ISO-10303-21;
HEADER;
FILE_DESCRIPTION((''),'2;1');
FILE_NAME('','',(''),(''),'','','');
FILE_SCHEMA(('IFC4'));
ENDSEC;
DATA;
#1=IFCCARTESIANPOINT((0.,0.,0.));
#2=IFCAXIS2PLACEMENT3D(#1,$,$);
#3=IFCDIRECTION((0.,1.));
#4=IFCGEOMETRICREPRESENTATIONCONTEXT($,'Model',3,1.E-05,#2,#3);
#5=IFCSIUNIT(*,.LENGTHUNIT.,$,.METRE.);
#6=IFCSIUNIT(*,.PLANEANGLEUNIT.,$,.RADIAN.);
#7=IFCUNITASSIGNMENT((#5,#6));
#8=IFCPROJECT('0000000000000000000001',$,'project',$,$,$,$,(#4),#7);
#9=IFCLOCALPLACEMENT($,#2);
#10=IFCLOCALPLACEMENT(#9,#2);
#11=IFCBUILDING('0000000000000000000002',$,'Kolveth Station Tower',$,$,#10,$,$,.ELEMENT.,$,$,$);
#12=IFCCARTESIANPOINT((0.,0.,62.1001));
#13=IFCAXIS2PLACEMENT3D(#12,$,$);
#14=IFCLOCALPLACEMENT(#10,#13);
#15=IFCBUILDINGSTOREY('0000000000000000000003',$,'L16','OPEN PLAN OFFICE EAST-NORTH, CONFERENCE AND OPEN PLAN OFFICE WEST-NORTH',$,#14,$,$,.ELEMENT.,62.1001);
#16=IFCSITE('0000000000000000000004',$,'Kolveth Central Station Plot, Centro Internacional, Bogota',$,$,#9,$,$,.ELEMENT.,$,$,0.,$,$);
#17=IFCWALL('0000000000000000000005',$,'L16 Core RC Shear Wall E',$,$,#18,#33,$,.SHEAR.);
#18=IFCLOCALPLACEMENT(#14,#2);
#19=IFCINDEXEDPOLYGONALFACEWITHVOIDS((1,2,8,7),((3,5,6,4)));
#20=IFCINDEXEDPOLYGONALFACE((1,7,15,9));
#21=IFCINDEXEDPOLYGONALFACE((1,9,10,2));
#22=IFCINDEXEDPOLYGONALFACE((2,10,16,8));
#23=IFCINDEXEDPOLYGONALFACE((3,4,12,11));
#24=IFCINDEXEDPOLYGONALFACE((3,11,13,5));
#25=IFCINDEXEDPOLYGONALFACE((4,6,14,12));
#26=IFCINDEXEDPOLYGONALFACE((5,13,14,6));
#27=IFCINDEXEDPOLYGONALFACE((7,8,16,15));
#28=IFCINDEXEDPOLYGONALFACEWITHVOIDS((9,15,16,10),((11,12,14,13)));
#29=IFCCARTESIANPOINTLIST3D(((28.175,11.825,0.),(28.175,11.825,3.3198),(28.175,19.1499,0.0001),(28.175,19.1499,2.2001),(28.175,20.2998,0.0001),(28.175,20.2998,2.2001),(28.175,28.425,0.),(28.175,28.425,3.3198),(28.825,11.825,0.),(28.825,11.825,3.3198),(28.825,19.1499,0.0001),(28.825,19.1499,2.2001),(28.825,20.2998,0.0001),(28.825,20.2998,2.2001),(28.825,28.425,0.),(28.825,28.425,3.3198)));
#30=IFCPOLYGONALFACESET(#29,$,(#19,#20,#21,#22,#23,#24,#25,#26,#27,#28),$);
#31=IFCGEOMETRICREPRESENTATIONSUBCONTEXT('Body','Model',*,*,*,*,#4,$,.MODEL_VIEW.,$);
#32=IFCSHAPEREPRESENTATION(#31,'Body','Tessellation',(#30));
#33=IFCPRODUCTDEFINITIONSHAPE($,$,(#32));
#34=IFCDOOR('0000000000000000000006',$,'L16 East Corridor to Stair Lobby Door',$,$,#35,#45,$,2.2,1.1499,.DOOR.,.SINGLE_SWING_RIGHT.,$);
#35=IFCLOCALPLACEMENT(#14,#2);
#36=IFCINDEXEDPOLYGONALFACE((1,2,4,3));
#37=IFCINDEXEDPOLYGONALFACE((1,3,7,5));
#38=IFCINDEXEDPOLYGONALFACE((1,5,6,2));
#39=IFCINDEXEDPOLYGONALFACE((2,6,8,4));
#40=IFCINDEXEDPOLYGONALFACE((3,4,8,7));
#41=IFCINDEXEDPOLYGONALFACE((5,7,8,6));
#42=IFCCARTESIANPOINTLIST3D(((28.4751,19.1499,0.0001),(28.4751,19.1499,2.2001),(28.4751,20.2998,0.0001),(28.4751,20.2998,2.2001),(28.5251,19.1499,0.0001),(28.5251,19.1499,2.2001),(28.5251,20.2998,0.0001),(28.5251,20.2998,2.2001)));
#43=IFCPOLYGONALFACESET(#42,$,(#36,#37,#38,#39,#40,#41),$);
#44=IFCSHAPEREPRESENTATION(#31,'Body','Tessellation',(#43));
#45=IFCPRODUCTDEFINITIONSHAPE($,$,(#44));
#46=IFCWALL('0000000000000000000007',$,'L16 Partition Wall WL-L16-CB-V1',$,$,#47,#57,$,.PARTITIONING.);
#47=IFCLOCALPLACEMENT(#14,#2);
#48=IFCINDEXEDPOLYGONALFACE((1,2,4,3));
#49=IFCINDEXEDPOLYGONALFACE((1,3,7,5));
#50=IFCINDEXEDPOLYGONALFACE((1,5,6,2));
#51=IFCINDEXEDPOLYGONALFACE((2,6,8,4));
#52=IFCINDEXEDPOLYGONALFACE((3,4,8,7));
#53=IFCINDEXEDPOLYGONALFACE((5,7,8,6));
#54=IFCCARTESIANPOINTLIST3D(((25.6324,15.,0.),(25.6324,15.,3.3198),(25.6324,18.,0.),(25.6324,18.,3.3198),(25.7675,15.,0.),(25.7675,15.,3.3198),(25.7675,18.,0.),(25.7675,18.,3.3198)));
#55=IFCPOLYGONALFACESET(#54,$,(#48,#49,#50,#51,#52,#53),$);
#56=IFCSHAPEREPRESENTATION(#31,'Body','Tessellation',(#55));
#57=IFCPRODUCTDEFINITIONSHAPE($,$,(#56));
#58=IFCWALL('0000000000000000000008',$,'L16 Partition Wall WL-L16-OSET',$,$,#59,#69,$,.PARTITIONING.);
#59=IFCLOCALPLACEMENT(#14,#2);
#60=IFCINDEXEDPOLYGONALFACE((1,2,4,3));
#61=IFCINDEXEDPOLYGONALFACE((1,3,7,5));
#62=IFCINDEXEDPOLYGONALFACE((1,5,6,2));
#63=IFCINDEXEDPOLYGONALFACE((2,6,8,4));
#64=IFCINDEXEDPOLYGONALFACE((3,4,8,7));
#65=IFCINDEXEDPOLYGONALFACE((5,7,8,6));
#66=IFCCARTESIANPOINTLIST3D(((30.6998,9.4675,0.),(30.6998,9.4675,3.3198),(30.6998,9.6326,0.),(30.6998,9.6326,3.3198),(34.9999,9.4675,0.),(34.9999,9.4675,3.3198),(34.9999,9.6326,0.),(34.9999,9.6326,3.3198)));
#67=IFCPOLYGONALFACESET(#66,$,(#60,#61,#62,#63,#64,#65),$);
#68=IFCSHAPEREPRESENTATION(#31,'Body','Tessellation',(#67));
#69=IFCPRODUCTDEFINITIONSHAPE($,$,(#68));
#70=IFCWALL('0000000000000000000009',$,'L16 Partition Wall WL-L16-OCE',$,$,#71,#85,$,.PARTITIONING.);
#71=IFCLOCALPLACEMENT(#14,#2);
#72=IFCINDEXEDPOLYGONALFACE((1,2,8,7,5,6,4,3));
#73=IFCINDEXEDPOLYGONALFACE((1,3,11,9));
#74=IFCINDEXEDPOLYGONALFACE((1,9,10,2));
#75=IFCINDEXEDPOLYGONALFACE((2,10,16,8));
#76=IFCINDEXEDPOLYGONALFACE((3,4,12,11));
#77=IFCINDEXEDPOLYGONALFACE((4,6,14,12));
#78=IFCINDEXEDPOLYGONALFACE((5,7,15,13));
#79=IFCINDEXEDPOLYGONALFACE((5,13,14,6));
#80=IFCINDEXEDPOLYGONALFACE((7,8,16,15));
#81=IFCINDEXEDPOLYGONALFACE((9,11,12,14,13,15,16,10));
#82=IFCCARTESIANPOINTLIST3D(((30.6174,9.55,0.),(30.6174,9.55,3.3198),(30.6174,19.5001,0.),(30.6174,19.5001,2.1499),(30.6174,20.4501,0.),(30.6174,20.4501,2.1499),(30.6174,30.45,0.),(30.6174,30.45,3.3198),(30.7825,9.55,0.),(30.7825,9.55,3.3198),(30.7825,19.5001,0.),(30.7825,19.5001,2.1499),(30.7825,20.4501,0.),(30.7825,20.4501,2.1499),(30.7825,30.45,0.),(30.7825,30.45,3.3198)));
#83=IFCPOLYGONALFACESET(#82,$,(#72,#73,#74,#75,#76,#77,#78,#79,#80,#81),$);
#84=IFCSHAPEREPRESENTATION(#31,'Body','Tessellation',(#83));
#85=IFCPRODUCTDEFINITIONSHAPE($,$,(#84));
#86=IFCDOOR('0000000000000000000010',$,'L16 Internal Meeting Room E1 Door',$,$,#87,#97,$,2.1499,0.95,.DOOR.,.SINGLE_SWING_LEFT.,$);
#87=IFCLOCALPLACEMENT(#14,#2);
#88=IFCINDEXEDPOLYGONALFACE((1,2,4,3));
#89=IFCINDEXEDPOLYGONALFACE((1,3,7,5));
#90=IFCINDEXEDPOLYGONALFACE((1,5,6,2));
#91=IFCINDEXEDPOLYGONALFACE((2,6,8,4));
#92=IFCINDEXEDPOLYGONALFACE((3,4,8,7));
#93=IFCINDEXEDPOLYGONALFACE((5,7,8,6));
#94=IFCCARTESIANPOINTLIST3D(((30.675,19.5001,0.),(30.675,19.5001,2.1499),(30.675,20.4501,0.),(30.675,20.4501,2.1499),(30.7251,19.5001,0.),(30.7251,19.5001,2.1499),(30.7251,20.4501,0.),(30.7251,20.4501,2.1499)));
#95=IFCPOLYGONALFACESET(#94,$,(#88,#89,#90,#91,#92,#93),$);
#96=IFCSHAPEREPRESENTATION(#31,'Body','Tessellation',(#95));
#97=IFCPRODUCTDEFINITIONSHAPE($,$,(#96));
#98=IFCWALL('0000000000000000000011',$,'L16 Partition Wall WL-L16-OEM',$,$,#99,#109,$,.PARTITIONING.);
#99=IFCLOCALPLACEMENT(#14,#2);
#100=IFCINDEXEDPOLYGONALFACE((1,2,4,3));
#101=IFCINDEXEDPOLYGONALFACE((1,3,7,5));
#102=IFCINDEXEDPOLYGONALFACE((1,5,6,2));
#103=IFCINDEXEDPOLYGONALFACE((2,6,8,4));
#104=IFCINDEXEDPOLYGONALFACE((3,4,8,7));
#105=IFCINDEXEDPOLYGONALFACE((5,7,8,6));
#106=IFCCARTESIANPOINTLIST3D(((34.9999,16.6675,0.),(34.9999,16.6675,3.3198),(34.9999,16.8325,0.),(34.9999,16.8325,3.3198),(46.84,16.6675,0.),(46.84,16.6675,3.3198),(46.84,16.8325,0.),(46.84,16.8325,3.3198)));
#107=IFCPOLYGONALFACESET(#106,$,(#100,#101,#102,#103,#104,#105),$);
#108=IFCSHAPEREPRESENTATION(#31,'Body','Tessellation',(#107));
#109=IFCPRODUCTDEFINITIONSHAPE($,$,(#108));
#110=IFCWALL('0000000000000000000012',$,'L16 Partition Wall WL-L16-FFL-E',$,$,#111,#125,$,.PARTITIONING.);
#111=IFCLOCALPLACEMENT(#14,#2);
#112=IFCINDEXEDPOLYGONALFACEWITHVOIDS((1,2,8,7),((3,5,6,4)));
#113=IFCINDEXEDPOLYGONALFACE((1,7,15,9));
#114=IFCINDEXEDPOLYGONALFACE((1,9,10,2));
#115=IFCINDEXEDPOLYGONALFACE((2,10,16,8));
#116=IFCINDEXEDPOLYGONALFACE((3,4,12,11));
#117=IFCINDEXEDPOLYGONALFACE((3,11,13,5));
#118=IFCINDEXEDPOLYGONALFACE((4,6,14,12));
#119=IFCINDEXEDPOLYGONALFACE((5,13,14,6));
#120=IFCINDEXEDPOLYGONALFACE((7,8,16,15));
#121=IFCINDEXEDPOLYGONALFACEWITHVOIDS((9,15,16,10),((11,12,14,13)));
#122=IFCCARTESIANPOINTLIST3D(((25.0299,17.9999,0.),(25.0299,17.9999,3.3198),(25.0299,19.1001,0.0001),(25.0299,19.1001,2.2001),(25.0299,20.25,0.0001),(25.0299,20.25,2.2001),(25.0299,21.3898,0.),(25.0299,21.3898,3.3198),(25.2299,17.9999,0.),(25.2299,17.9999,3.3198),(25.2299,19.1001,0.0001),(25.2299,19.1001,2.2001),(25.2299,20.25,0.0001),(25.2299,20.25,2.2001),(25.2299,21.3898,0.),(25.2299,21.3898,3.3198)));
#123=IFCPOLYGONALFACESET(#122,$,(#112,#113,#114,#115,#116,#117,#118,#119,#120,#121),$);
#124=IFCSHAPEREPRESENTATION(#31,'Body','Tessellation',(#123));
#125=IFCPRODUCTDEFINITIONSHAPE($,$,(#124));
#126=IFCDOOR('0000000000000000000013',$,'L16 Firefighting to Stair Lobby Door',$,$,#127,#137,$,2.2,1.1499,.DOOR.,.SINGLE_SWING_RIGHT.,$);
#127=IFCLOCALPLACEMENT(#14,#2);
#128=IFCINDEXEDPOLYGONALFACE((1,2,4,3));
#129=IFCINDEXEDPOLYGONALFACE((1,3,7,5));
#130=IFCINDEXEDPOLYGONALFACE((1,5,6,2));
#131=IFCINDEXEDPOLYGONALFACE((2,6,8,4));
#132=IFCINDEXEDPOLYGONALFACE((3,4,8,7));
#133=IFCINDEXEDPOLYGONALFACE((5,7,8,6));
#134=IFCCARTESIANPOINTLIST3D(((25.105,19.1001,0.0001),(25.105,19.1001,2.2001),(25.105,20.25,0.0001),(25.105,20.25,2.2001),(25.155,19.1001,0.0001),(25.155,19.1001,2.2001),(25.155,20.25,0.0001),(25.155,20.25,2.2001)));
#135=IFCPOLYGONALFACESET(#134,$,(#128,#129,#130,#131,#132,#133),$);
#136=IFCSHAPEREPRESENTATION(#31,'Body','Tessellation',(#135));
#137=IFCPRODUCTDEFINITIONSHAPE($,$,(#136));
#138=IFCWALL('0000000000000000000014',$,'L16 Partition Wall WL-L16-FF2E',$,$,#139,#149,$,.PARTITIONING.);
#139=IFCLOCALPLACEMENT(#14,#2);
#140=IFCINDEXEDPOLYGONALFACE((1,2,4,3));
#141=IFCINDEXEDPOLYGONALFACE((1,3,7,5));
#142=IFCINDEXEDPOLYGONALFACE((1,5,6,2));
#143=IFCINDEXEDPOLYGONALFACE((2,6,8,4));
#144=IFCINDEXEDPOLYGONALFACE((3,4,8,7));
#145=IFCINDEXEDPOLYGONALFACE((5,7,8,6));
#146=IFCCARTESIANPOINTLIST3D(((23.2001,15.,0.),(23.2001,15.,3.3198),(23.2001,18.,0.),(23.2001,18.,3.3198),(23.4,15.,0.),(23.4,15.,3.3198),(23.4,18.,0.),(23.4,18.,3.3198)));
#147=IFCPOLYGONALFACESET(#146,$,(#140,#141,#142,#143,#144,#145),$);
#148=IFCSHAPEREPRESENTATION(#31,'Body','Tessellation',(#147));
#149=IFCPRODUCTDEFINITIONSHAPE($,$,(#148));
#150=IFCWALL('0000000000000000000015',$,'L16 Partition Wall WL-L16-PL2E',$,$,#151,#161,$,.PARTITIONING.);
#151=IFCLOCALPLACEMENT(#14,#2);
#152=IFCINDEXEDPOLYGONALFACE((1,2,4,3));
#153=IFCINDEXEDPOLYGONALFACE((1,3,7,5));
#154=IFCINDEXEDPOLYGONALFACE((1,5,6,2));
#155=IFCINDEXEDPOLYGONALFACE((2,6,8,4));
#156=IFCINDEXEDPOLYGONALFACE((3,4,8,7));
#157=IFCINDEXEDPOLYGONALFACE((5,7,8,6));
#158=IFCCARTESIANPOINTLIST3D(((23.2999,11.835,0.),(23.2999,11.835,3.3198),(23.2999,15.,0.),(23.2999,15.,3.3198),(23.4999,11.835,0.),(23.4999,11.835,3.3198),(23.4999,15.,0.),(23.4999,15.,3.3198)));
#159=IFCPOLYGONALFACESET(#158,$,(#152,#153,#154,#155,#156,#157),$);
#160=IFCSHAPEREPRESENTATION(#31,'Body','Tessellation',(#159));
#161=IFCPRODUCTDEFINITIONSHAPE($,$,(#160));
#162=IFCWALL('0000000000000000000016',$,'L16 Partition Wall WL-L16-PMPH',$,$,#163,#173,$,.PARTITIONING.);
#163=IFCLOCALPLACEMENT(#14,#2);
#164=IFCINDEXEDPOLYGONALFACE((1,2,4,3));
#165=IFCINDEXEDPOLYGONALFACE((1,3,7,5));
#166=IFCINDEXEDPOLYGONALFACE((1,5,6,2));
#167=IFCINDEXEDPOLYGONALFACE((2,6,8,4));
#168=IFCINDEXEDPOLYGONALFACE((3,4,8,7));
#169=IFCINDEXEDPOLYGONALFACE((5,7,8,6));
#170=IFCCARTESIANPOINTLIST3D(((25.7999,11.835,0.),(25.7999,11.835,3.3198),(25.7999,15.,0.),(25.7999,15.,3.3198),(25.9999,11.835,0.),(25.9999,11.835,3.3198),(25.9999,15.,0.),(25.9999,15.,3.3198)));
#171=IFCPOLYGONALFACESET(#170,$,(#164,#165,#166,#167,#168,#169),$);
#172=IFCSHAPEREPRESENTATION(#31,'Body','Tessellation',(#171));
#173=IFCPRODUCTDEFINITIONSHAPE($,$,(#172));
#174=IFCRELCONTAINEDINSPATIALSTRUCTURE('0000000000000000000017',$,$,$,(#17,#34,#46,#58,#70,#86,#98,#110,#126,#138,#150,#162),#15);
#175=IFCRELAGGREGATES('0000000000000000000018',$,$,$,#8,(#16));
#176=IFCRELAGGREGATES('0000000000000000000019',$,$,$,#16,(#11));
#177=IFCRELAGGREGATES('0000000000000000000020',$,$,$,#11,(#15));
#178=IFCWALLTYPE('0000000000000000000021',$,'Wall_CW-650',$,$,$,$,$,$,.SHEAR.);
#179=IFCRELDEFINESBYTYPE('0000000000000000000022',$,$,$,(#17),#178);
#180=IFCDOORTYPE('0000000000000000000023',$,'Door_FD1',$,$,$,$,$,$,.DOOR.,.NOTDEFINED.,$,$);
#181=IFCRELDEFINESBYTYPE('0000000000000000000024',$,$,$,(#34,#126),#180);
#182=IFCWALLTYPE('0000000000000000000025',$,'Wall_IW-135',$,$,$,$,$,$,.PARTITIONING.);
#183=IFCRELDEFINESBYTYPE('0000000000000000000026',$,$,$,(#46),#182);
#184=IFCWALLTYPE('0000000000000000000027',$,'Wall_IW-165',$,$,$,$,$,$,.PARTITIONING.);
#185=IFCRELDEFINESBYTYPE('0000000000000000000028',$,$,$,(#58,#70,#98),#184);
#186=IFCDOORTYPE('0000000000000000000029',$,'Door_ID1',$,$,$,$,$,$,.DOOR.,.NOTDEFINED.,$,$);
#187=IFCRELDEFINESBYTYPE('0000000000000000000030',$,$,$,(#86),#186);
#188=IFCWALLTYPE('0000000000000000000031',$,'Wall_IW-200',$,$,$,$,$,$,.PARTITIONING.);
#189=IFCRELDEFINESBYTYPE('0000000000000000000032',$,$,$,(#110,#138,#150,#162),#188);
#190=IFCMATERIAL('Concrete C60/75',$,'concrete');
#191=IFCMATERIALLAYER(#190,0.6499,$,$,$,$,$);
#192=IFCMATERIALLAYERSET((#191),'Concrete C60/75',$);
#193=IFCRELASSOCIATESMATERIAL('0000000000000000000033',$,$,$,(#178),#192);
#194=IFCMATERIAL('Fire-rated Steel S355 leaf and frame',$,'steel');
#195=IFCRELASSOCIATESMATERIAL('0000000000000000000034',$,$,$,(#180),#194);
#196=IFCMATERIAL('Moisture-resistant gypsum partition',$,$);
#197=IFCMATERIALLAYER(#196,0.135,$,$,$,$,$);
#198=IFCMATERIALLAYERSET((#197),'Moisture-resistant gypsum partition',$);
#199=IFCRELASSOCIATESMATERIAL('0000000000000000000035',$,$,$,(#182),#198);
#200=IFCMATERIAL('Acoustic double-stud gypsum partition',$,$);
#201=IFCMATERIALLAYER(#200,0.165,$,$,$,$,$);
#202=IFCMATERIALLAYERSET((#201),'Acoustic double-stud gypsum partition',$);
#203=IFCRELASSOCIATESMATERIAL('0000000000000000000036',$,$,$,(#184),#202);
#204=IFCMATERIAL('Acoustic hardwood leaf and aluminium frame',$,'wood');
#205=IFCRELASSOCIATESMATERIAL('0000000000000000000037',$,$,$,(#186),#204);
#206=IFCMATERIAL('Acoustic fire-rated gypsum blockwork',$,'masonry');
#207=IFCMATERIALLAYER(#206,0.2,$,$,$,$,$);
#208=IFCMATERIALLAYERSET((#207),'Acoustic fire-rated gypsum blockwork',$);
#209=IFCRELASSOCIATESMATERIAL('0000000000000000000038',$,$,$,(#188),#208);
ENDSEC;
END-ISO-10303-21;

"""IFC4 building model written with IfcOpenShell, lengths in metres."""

from ifc_helpers import new_model, si_unit, direction, frame, frame_2d, origin, place, context, subcontext, project, spatial, rectangle, extrude, material, layer, layer_set, type_object, element, fill, save


model = new_model("IFC4")

# Units and contexts
model_context = context("Model", 3, precision=1e-05, world=origin(), true_north=direction((0.0, 1.0)))
body_context = subcontext(model_context, "Body", "Model", "MODEL_VIEW")
ifc_project = project(units=[si_unit("LENGTHUNIT", "METRE"), si_unit("PLANEANGLEUNIT", "RADIAN")], contexts=[model_context])

# Site, building, storey
site_placement = place(None, origin())
site = spatial("IfcSite", under=ifc_project, at=site_placement, Name="Kolveth Central Station Plot, Centro Internacional, Bogota", CompositionType="ELEMENT", RefElevation=0.0)
building_placement = place(site_placement, origin())
building = spatial("IfcBuilding", under=site, at=building_placement, Name="Kolveth Station Tower", CompositionType="ELEMENT")
storey_placement = place(building_placement, frame((0.0, 0.0, 62.1001)))
storey = spatial("IfcBuildingStorey", under=building, at=storey_placement, Name="L16", Description="OPEN PLAN OFFICE EAST-NORTH, CONFERENCE AND OPEN PLAN OFFICE WEST-NORTH", CompositionType="ELEMENT", Elevation=62.1001)

# Wall, opening, door
ifc_material_1 = material(Name="Concrete C60/75", Category="concrete")
ifc_layer_1 = layer(ifc_material_1, 0.6499)
ifc_layer_set_1 = layer_set([ifc_layer_1], Name="Concrete C60/75")
wall_type_1 = type_object("IfcWallType", Name="Wall_CW-650", PredefinedType="SHEAR", material=ifc_layer_set_1)
wall_1_placement = place(storey_placement, frame((28.5, 11.825, 0.0), z_axis=(0.0, 0.0, 1.0), x_axis=(0.0, 1.0, 0.0)))
wall_1 = element("IfcWall", 1, at=wall_1_placement, inside=storey, type_object=wall_type_1, Name="L16 Core RC Shear Wall E", PredefinedType="SHEAR", context=body_context, shape_type="SweptSolid", body=[
    extrude(rectangle(XDim=16.6001, YDim=0.6499, at=frame_2d((8.3, 0.0))), origin(), (0.0, 0.0, 1.0), 3.3198),
])
opening_1_placement = place(wall_1_placement, frame((7.325, 0.0, 0.0)))
opening_1 = element("IfcOpeningElement", 2, at=opening_1_placement, cuts=wall_1, PredefinedType="OPENING", context=body_context, shape_type="SweptSolid", body=[
    extrude(rectangle(XDim=1.1499, YDim=2.2, at=frame_2d((0.575, 1.1001))), frame((0.0, 0.335, 0.0), z_axis=(0.0, -1.0, 0.0), x_axis=(1.0, 0.0, 0.0)), (0.0, 0.0, 1.0), 0.6699),
])
ifc_material_2 = material(Name="Fire-rated Steel S355 leaf and frame", Category="steel")
door_type_1 = type_object("IfcDoorType", Name="Door_FD1", OperationType="NOTDEFINED", PredefinedType="DOOR", material=ifc_material_2)
door_1_placement = place(opening_1_placement, origin())
door_1 = element("IfcDoor", 3, at=door_1_placement, inside=storey, type_object=door_type_1, Name="L16 East Corridor to Stair Lobby Door", OperationType="SINGLE_SWING_RIGHT", OverallHeight=2.2, OverallWidth=1.1499, PredefinedType="DOOR", context=body_context, shape_type="SweptSolid", body=[
    extrude(rectangle(XDim=1.1499, YDim=2.2, at=frame_2d((0.575, 1.1001))), frame((0.0, 0.0249, 0.0), z_axis=(0.0, -1.0, 0.0), x_axis=(1.0, 0.0, 0.0)), (0.0, 0.0, 1.0), 0.05),
])
fill(opening_1, door_1)

# Walls
ifc_material_3 = material(Name="Moisture-resistant gypsum partition")
ifc_layer_2 = layer(ifc_material_3, 0.135)
ifc_layer_set_2 = layer_set([ifc_layer_2], Name="Moisture-resistant gypsum partition")
wall_type_2 = type_object("IfcWallType", Name="Wall_IW-135", PredefinedType="PARTITIONING", material=ifc_layer_set_2)
wall_2_placement = place(storey_placement, frame((25.7, 15.0, 0.0), z_axis=(0.0, 0.0, 1.0), x_axis=(0.0, 1.0, 0.0)))
element("IfcWall", 4, at=wall_2_placement, inside=storey, type_object=wall_type_2, Name="L16 Partition Wall WL-L16-CB-V1", PredefinedType="PARTITIONING", context=body_context, shape_type="SweptSolid", body=[
    extrude(rectangle(XDim=3.0, YDim=0.135, at=frame_2d((1.5, 0.0))), origin(), (0.0, 0.0, 1.0), 3.3198),
])
ifc_material_4 = material(Name="Acoustic double-stud gypsum partition")
ifc_layer_3 = layer(ifc_material_4, 0.165)
ifc_layer_set_3 = layer_set([ifc_layer_3], Name="Acoustic double-stud gypsum partition")
wall_type_3 = type_object("IfcWallType", Name="Wall_IW-165", PredefinedType="PARTITIONING", material=ifc_layer_set_3)
wall_3_placement = place(storey_placement, frame((30.7, 9.55, 0.0), z_axis=(0.0, 0.0, 1.0), x_axis=(1.0, 0.0, 0.0)))
element("IfcWall", 5, at=wall_3_placement, inside=storey, type_object=wall_type_3, Name="L16 Partition Wall WL-L16-OSET", PredefinedType="PARTITIONING", context=body_context, shape_type="SweptSolid", body=[
    extrude(rectangle(XDim=4.3, YDim=0.165, at=frame_2d((2.1499, 0.0))), origin(), (0.0, 0.0, 1.0), 3.3198),
])

# Wall, opening, door
wall_4_placement = place(storey_placement, frame((30.7, 9.55, 0.0), z_axis=(0.0, 0.0, 1.0), x_axis=(0.0, 1.0, 0.0)))
wall_4 = element("IfcWall", 6, at=wall_4_placement, inside=storey, type_object=wall_type_3, Name="L16 Partition Wall WL-L16-OCE", PredefinedType="PARTITIONING", context=body_context, shape_type="SweptSolid", body=[
    extrude(rectangle(XDim=20.8999, YDim=0.165, at=frame_2d((10.45, 0.0))), origin(), (0.0, 0.0, 1.0), 3.3198),
])
opening_2_placement = place(wall_4_placement, frame((9.95, 0.0, 0.0)))
opening_2 = element("IfcOpeningElement", 7, at=opening_2_placement, cuts=wall_4, PredefinedType="OPENING", context=body_context, shape_type="SweptSolid", body=[
    extrude(rectangle(XDim=0.95, YDim=2.1499, at=frame_2d((0.4751, 1.075))), frame((0.0, 0.0925, 0.0), z_axis=(0.0, -1.0, 0.0), x_axis=(1.0, 0.0, 0.0)), (0.0, 0.0, 1.0), 0.1851),
])
ifc_material_5 = material(Name="Acoustic hardwood leaf and aluminium frame", Category="wood")
door_type_2 = type_object("IfcDoorType", Name="Door_ID1", OperationType="NOTDEFINED", PredefinedType="DOOR", material=ifc_material_5)
door_2_placement = place(opening_2_placement, origin())
door_2 = element("IfcDoor", 8, at=door_2_placement, inside=storey, type_object=door_type_2, Name="L16 Internal Meeting Room E1 Door", OperationType="SINGLE_SWING_LEFT", OverallHeight=2.1499, OverallWidth=0.95, PredefinedType="DOOR", context=body_context, shape_type="SweptSolid", body=[
    extrude(rectangle(XDim=0.95, YDim=2.1499, at=frame_2d((0.4751, 1.075))), frame((0.0, 0.0249, 0.0), z_axis=(0.0, -1.0, 0.0), x_axis=(1.0, 0.0, 0.0)), (0.0, 0.0, 1.0), 0.05),
])
fill(opening_2, door_2)

# Wall
wall_5_placement = place(storey_placement, frame((35.0, 16.75, 0.0), z_axis=(0.0, 0.0, 1.0), x_axis=(1.0, 0.0, 0.0)))
element("IfcWall", 9, at=wall_5_placement, inside=storey, type_object=wall_type_3, Name="L16 Partition Wall WL-L16-OEM", PredefinedType="PARTITIONING", context=body_context, shape_type="SweptSolid", body=[
    extrude(rectangle(XDim=11.8401, YDim=0.165, at=frame_2d((5.9199, 0.0))), origin(), (0.0, 0.0, 1.0), 3.3198),
])

# Wall, opening, door
ifc_material_6 = material(Name="Acoustic fire-rated gypsum blockwork", Category="masonry")
ifc_layer_4 = layer(ifc_material_6, 0.2)
ifc_layer_set_4 = layer_set([ifc_layer_4], Name="Acoustic fire-rated gypsum blockwork")
wall_type_4 = type_object("IfcWallType", Name="Wall_IW-200", PredefinedType="PARTITIONING", material=ifc_layer_set_4)
wall_6_placement = place(storey_placement, frame((25.1299, 18.0, 0.0), z_axis=(0.0, 0.0, 1.0), x_axis=(0.0, 1.0, 0.0)))
wall_6 = element("IfcWall", 10, at=wall_6_placement, inside=storey, type_object=wall_type_4, Name="L16 Partition Wall WL-L16-FFL-E", PredefinedType="PARTITIONING", context=body_context, shape_type="SweptSolid", body=[
    extrude(rectangle(XDim=3.3899, YDim=0.2, at=frame_2d((1.6948, 0.0))), origin(), (0.0, 0.0, 1.0), 3.3198),
])
opening_3_placement = place(wall_6_placement, frame((1.1001, 0.0, 0.0)))
opening_3 = element("IfcOpeningElement", 11, at=opening_3_placement, cuts=wall_6, PredefinedType="OPENING", context=body_context, shape_type="SweptSolid", body=[
    extrude(rectangle(XDim=1.1499, YDim=2.2, at=frame_2d((0.575, 1.1001))), frame((0.0, 0.1099, 0.0), z_axis=(0.0, -1.0, 0.0), x_axis=(1.0, 0.0, 0.0)), (0.0, 0.0, 1.0), 0.22),
])
door_3_placement = place(opening_3_placement, origin())
door_3 = element("IfcDoor", 12, at=door_3_placement, inside=storey, type_object=door_type_1, Name="L16 Firefighting to Stair Lobby Door", OperationType="SINGLE_SWING_RIGHT", OverallHeight=2.2, OverallWidth=1.1499, PredefinedType="DOOR", context=body_context, shape_type="SweptSolid", body=[
    extrude(rectangle(XDim=1.1499, YDim=2.2, at=frame_2d((0.575, 1.1001))), frame((0.0, 0.0249, 0.0), z_axis=(0.0, -1.0, 0.0), x_axis=(1.0, 0.0, 0.0)), (0.0, 0.0, 1.0), 0.05),
])
fill(opening_3, door_3)

# Walls
wall_7_placement = place(storey_placement, frame((23.3, 15.0, 0.0), z_axis=(0.0, 0.0, 1.0), x_axis=(0.0, 1.0, 0.0)))
element("IfcWall", 13, at=wall_7_placement, inside=storey, type_object=wall_type_4, Name="L16 Partition Wall WL-L16-FF2E", PredefinedType="PARTITIONING", context=body_context, shape_type="SweptSolid", body=[
    extrude(rectangle(XDim=3.0, YDim=0.2, at=frame_2d((1.5, 0.0))), origin(), (0.0, 0.0, 1.0), 3.3198),
])
for number, where, z_axis, x_axis, name in (
    (14, (23.3999, 11.835, 0.0), (0.0, 0.0, 1.0), (0.0, 1.0, 0.0), "L16 Partition Wall WL-L16-PL2E"),
    (15, (25.8999, 11.835, 0.0), (0.0, 0.0, 1.0), (0.0, 1.0, 0.0), "L16 Partition Wall WL-L16-PMPH"),
):
    element("IfcWall", number, at=place(storey_placement, frame(where, z_axis=z_axis, x_axis=x_axis)), inside=storey, type_object=wall_type_4, Name=name, PredefinedType="PARTITIONING", context=body_context, shape_type="SweptSolid", body=[
        extrude(rectangle(XDim=3.165, YDim=0.2, at=frame_2d((1.5825, 0.0))), origin(), (0.0, 0.0, 1.0), 3.3198),
    ])

save(model, "model.ifc")
